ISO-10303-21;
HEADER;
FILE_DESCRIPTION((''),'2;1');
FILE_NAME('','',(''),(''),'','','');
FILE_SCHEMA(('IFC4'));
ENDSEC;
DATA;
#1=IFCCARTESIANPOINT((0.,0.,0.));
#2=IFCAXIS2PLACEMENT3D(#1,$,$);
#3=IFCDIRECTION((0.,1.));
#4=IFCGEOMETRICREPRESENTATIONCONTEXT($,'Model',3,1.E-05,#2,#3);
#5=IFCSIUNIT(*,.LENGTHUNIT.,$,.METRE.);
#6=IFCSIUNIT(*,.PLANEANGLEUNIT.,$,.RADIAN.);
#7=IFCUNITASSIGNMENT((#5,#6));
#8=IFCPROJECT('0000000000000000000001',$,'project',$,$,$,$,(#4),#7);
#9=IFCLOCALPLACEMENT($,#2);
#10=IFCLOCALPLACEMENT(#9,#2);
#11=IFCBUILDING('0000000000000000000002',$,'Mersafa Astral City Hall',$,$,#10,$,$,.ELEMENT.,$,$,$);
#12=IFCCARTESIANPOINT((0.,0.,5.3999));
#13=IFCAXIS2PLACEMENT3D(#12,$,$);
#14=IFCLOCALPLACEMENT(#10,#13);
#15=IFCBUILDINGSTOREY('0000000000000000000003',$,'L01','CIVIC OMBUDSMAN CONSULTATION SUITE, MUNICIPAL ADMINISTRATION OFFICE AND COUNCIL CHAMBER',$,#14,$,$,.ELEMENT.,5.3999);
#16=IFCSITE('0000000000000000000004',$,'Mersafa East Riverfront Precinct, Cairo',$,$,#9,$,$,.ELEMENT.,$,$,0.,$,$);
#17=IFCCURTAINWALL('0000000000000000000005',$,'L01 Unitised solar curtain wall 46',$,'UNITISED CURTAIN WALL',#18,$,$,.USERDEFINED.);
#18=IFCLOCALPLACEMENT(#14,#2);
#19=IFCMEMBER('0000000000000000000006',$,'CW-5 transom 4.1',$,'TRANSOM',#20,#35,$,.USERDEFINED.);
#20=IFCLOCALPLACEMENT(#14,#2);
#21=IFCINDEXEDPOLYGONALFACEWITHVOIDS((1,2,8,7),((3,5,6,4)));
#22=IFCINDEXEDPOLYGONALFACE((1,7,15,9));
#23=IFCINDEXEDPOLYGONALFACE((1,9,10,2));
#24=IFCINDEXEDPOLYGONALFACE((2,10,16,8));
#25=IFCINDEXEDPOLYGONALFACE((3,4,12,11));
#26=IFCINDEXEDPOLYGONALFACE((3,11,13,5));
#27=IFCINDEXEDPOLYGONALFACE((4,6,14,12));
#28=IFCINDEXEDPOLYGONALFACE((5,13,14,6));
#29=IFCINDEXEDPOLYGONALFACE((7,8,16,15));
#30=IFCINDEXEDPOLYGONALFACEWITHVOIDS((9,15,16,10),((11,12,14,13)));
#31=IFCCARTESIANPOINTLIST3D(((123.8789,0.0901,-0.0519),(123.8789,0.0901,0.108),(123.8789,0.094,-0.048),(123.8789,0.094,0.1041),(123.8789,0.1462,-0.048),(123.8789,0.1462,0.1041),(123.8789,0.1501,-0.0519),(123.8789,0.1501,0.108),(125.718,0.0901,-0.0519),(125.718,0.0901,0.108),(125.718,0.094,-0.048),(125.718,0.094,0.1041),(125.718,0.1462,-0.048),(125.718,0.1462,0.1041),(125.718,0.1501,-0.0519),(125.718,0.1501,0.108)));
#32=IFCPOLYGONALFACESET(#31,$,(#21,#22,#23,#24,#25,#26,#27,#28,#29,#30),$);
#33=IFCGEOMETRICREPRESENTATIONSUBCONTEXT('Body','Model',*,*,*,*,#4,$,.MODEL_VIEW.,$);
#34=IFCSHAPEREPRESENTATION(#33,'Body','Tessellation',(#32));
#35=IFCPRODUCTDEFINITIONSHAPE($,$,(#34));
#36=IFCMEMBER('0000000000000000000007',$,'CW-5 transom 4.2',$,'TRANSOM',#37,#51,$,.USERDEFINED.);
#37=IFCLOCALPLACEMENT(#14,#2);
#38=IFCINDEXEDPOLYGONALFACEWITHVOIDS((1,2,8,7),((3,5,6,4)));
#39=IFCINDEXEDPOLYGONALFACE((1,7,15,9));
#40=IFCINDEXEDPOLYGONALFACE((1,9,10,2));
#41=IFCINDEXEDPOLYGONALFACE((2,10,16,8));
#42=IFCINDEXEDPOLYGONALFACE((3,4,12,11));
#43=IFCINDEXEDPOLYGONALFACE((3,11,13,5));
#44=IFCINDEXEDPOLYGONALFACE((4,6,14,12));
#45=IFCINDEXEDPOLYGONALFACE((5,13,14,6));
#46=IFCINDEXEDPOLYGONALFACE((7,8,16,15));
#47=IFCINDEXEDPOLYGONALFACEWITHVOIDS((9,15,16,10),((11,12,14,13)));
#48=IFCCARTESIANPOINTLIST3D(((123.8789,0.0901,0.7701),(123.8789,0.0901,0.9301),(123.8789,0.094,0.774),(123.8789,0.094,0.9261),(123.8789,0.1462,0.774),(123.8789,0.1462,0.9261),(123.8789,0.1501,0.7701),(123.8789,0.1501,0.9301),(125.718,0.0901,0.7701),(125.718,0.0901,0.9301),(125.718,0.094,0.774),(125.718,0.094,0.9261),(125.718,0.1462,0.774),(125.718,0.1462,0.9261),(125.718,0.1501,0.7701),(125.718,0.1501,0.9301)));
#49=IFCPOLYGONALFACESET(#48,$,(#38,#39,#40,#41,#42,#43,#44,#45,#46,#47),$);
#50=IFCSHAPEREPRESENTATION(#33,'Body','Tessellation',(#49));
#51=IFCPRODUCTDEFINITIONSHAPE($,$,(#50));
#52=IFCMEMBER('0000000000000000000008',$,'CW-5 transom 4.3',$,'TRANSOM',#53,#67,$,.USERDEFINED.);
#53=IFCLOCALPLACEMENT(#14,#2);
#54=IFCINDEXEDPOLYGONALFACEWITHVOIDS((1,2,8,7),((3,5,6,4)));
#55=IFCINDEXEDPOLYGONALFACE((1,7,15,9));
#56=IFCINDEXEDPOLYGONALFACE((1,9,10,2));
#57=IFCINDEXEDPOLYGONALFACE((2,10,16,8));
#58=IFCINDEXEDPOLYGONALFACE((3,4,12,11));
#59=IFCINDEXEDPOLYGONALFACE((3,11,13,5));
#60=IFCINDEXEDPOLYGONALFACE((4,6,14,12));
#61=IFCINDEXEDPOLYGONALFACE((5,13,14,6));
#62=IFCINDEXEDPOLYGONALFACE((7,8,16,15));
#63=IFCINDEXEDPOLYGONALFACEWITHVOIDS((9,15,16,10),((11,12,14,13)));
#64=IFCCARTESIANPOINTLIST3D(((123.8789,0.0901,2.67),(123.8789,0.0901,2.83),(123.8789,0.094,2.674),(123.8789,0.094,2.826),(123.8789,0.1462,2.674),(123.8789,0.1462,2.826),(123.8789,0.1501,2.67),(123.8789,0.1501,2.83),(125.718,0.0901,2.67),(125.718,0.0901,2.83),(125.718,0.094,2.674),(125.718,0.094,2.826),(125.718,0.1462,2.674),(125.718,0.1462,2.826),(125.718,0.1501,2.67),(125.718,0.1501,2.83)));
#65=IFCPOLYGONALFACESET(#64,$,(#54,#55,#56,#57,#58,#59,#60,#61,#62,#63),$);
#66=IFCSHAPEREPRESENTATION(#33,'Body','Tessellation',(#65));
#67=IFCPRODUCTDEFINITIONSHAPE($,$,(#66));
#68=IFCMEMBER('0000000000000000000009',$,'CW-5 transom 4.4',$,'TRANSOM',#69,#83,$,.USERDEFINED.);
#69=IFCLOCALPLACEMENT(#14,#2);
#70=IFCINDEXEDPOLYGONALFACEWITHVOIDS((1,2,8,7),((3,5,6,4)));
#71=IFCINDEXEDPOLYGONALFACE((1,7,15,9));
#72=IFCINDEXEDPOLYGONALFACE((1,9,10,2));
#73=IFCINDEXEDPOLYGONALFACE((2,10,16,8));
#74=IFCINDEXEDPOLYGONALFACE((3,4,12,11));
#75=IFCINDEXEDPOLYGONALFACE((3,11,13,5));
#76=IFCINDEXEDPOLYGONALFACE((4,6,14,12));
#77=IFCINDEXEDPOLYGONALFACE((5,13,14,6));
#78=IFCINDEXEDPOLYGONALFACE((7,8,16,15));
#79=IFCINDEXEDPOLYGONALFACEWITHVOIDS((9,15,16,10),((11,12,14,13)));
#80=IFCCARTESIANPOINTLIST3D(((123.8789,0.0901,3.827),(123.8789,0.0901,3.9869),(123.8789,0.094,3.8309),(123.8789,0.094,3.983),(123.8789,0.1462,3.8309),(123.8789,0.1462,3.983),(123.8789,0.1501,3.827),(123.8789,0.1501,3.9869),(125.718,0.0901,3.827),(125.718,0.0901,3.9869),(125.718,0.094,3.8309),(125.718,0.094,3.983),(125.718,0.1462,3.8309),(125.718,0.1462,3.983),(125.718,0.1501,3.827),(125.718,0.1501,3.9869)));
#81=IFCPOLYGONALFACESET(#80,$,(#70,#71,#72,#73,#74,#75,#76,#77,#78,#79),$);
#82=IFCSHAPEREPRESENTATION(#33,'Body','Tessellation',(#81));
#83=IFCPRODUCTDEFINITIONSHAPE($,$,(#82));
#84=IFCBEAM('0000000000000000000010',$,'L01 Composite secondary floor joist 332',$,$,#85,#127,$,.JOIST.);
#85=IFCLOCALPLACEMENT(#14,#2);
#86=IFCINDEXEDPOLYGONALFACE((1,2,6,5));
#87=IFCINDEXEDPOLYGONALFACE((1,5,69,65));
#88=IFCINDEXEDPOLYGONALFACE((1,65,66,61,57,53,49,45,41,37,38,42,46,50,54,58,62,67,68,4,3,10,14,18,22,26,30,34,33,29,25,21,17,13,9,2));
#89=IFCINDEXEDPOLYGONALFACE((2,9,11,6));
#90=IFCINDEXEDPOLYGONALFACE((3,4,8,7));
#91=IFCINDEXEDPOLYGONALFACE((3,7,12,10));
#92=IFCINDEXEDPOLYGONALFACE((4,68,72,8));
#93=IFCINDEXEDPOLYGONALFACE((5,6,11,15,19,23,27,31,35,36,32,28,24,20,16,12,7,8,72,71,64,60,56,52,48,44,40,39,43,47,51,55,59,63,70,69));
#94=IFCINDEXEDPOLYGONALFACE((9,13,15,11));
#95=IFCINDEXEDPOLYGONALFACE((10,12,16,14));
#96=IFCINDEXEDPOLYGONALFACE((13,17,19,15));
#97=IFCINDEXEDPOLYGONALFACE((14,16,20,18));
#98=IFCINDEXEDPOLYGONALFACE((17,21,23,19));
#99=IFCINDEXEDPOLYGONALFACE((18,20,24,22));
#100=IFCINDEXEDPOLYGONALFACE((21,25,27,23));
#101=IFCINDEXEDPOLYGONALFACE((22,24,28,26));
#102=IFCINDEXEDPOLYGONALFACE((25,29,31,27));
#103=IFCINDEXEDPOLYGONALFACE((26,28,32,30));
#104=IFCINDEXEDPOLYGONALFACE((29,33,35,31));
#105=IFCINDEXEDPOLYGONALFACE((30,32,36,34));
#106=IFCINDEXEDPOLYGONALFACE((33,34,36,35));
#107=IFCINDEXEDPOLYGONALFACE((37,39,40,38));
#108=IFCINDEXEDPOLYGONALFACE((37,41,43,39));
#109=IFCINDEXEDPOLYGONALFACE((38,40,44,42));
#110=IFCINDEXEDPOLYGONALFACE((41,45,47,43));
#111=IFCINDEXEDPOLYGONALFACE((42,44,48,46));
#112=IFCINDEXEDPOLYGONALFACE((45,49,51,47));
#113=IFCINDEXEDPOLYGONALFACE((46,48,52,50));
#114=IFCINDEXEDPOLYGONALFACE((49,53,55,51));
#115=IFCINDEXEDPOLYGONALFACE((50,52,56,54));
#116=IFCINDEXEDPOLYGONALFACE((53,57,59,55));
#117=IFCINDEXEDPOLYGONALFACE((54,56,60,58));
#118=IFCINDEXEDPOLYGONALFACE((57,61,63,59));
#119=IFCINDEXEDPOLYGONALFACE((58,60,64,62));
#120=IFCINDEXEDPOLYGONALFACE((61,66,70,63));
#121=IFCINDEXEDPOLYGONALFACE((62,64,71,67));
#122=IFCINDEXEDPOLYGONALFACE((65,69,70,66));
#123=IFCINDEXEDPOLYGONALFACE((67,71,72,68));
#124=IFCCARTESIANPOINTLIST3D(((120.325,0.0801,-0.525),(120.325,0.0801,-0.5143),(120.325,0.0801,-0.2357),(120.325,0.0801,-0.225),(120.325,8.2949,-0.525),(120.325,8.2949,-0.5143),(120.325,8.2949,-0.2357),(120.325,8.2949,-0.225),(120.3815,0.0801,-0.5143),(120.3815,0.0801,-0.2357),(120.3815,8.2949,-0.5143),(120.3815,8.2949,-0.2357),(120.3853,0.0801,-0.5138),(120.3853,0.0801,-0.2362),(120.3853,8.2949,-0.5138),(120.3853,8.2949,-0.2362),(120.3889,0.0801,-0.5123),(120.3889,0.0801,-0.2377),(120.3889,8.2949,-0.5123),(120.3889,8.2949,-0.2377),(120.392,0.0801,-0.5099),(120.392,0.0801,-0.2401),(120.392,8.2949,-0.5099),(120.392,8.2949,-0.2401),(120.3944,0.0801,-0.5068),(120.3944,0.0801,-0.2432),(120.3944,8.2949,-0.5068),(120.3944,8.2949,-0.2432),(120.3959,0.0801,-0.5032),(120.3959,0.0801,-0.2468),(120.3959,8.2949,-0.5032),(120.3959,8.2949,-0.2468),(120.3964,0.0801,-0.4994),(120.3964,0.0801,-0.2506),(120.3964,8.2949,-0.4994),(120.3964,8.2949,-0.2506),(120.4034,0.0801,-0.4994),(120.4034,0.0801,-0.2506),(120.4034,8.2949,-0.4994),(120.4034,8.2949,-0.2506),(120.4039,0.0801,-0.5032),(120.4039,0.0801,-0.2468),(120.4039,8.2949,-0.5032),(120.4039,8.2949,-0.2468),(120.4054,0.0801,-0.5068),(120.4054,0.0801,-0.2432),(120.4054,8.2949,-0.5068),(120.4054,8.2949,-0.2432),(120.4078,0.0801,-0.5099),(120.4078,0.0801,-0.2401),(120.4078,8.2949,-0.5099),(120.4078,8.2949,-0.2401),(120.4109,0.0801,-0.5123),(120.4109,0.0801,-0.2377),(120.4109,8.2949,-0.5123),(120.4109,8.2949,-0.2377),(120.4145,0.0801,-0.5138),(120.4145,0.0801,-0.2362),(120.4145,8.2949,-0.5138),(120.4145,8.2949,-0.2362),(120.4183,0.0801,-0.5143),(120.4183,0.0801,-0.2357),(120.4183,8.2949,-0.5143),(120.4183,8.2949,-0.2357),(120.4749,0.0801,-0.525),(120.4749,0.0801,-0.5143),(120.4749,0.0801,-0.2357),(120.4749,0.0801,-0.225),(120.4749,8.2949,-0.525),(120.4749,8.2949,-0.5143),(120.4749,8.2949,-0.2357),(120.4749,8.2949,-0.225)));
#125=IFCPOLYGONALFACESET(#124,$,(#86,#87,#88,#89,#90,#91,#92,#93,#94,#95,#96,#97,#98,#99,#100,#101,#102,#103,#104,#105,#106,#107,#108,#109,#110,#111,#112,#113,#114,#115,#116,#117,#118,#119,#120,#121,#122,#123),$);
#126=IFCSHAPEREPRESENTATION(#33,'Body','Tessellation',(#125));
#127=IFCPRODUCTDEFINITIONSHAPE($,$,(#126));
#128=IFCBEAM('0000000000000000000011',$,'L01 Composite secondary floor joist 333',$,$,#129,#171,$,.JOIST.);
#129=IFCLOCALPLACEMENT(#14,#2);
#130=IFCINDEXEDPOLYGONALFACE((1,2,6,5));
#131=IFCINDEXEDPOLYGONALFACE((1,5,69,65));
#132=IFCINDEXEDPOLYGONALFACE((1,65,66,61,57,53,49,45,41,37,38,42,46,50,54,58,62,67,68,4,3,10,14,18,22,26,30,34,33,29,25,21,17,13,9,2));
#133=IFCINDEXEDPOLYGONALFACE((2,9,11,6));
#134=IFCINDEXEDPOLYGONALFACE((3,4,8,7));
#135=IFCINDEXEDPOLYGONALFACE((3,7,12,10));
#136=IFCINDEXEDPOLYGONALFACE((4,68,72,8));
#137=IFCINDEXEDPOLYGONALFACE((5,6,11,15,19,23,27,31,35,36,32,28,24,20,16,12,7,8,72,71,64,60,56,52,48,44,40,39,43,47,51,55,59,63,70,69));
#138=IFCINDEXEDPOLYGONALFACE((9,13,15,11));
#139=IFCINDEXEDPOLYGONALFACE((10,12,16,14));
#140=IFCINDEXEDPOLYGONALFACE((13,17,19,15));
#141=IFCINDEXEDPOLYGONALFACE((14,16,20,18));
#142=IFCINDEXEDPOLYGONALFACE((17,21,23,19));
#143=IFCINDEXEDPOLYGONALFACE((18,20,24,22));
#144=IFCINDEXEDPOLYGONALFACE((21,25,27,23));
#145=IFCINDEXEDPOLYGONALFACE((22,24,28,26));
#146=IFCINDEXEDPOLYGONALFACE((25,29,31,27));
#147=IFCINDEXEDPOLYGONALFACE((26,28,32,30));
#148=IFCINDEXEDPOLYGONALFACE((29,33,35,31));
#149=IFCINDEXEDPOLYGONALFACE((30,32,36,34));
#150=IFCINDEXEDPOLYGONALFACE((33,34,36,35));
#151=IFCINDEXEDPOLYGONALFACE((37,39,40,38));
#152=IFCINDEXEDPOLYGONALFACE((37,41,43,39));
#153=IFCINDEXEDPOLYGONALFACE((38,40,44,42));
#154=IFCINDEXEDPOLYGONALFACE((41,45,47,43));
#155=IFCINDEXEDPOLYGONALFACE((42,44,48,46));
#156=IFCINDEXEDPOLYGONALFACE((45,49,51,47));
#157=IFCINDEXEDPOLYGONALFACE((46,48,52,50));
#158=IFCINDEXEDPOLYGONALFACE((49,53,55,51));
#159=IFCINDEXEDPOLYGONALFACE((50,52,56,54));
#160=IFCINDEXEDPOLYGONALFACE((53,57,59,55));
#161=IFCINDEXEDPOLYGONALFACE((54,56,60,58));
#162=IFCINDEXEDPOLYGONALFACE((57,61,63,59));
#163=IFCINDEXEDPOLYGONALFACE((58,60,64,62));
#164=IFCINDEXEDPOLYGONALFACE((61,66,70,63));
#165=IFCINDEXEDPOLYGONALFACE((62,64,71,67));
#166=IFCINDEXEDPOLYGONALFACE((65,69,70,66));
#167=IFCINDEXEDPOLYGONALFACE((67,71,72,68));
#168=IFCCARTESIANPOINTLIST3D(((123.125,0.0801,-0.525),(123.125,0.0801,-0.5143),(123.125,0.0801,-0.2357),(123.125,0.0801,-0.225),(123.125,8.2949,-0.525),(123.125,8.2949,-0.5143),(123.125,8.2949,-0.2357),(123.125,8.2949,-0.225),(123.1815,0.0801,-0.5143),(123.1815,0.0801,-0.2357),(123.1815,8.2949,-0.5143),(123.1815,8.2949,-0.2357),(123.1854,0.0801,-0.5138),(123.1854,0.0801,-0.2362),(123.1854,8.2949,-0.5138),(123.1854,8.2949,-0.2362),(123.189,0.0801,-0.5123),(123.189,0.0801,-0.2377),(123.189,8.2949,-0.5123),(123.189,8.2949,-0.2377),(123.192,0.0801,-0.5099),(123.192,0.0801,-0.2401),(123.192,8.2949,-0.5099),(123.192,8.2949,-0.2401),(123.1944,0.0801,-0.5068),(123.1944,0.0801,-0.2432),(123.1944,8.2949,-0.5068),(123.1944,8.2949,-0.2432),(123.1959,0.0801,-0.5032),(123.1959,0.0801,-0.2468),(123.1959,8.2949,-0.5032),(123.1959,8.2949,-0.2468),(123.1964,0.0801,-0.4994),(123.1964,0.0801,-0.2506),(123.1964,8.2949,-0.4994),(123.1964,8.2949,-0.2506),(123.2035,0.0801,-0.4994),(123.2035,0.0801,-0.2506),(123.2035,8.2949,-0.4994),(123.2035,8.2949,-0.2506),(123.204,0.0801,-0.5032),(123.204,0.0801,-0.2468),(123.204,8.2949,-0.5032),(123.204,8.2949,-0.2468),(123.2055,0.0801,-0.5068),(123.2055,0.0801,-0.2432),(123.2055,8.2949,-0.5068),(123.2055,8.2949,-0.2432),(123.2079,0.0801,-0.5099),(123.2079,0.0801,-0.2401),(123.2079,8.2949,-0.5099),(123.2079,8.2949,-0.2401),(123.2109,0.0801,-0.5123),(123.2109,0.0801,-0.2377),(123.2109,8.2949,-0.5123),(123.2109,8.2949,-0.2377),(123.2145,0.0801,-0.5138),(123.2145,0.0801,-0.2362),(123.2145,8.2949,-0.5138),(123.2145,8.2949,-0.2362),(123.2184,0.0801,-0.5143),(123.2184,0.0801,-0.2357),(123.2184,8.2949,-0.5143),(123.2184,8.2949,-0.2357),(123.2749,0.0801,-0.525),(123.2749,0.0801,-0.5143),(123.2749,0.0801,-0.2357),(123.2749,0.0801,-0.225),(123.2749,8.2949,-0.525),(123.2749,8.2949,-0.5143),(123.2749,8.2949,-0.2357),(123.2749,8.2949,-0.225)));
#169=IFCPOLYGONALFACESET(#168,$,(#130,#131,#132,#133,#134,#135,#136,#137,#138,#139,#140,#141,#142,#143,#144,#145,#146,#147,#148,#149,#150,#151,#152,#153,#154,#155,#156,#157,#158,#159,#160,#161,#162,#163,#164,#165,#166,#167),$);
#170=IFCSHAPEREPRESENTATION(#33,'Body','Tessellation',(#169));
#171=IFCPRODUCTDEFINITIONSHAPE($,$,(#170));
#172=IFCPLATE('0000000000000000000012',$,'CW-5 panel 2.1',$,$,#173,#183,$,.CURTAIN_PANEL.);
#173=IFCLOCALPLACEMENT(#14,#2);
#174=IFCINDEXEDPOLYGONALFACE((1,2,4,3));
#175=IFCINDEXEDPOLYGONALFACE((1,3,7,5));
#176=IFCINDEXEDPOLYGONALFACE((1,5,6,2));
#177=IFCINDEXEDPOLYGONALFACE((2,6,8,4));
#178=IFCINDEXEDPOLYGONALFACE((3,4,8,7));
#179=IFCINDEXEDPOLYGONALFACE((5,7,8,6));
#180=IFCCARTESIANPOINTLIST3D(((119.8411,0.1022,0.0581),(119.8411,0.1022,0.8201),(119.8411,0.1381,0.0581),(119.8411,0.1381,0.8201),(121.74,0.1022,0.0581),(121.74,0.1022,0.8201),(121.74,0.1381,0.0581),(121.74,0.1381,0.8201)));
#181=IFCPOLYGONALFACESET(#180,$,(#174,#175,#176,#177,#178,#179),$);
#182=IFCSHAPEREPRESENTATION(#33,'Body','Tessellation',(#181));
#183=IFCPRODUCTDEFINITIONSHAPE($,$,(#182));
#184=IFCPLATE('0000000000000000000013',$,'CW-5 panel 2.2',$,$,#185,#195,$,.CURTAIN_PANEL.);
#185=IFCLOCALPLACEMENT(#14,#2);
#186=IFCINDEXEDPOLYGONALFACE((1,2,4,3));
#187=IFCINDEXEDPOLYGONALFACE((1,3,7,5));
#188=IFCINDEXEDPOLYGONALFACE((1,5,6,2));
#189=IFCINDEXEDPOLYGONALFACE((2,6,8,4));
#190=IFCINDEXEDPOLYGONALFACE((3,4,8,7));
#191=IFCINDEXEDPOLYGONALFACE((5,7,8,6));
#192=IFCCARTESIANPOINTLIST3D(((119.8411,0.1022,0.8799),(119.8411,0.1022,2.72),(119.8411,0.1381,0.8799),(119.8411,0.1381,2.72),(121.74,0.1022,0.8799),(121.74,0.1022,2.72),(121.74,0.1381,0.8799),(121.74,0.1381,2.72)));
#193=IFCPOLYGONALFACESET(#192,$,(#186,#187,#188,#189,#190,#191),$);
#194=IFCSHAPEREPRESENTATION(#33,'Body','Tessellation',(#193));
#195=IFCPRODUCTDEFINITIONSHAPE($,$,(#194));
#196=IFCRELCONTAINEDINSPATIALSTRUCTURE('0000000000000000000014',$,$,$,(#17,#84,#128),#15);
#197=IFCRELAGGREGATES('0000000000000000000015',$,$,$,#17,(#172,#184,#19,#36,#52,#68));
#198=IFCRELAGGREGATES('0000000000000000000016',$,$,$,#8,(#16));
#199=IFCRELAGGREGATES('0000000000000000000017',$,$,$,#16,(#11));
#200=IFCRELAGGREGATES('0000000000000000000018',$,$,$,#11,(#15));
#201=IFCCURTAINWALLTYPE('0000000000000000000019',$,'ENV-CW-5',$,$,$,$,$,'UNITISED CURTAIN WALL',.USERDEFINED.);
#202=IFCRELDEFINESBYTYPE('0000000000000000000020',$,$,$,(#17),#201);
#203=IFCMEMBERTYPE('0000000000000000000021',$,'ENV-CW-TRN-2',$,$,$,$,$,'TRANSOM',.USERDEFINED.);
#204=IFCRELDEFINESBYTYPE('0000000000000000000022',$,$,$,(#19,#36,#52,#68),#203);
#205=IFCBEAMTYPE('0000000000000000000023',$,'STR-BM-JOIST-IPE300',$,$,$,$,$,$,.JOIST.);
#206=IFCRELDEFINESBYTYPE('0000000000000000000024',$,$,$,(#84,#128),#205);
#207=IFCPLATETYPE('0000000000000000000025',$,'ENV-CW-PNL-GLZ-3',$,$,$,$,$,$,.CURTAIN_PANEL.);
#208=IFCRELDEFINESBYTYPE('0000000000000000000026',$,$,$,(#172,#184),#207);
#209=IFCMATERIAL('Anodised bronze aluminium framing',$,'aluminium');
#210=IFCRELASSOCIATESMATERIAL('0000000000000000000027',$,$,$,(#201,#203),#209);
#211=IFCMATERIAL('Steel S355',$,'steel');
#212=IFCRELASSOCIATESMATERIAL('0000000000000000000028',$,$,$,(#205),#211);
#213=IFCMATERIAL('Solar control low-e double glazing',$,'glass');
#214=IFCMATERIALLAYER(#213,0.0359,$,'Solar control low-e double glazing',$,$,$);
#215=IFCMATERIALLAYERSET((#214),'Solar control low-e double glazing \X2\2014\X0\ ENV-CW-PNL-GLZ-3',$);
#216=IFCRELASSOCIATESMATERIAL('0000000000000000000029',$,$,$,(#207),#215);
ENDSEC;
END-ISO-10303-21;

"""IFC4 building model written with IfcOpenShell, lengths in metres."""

from ifc_helpers import new_model, si_unit, direction, frame, origin, origin_2d, place, context, subcontext, project, spatial, rectangle, hollow_rectangle, i_section, extrude, material, layer, layer_set, material_profile, profile_set, type_object, element, aggregate, save


model = new_model("IFC4")

# Units and contexts
model_context = context("Model", 3, precision=1e-05, world=origin(), true_north=direction((0.0, 1.0)))
body_context = subcontext(model_context, "Body", "Model", "MODEL_VIEW")
ifc_project = project(units=[si_unit("LENGTHUNIT", "METRE"), si_unit("PLANEANGLEUNIT", "RADIAN")], contexts=[model_context])

# Site, building, storey
site_placement = place(None, origin())
site = spatial("IfcSite", under=ifc_project, at=site_placement, Name="Mersafa East Riverfront Precinct, Cairo", CompositionType="ELEMENT", RefElevation=0.0)
building_placement = place(site_placement, origin())
building = spatial("IfcBuilding", under=site, at=building_placement, Name="Mersafa Astral City Hall", CompositionType="ELEMENT")
storey_placement = place(building_placement, frame((0.0, 0.0, 5.3999)))
storey = spatial("IfcBuildingStorey", under=building, at=storey_placement, Name="L01", Description="CIVIC OMBUDSMAN CONSULTATION SUITE, MUNICIPAL ADMINISTRATION OFFICE AND COUNCIL CHAMBER", CompositionType="ELEMENT", Elevation=5.3999)

# Curtain wall, members
ifc_material_1 = material(Name="Anodised bronze aluminium framing", Category="aluminium")
curtain_wall_type = type_object("IfcCurtainWallType", Name="ENV-CW-5", ElementType="UNITISED CURTAIN WALL", PredefinedType="USERDEFINED", material=ifc_material_1)
curtain_wall_placement = place(storey_placement, origin())
curtain_wall = element("IfcCurtainWall", 1, at=curtain_wall_placement, inside=storey, type_object=curtain_wall_type, Name="L01 Unitised solar curtain wall 46", ObjectType="UNITISED CURTAIN WALL", PredefinedType="USERDEFINED")
ifc_material_profile_1 = material_profile(ifc_material_1, hollow_rectangle(XDim=0.0601, YDim=0.1599, WallThickness=0.0039, at=origin_2d()), Name="RHS 60x160x4")
ifc_profile_set_1 = profile_set([ifc_material_profile_1], Name="Anodised bronze aluminium framing")
member_type_1 = type_object("IfcMemberType", Name="ENV-CW-TRN-2", ElementType="TRANSOM", PredefinedType="USERDEFINED", material=ifc_profile_set_1)
member_1_placement = place(storey_placement, frame((123.8789, 0.1201, 0.0281), z_axis=(1.0, 0.0, 0.0), x_axis=(0.0, 1.0, 0.0)))
member_1 = element("IfcMember", 2, at=member_1_placement, type_object=member_type_1, Name="CW-5 transom 4.1", ObjectType="TRANSOM", PredefinedType="USERDEFINED", context=body_context, shape_type="SweptSolid", body=[
    extrude(hollow_rectangle(XDim=0.0601, YDim=0.1599, WallThickness=0.0039, at=origin_2d()), origin(), (0.0, 0.0, 1.0), 1.8391),
])
member_2_placement = place(storey_placement, frame((123.8789, 0.1201, 0.8501), z_axis=(1.0, 0.0, 0.0), x_axis=(0.0, 1.0, 0.0)))
member_2 = element("IfcMember", 3, at=member_2_placement, type_object=member_type_1, Name="CW-5 transom 4.2", ObjectType="TRANSOM", PredefinedType="USERDEFINED", context=body_context, shape_type="SweptSolid", body=[
    extrude(hollow_rectangle(XDim=0.0601, YDim=0.1599, WallThickness=0.0039, at=origin_2d()), origin(), (0.0, 0.0, 1.0), 1.8391),
])
member_3_placement = place(storey_placement, frame((123.8789, 0.1201, 2.75), z_axis=(1.0, 0.0, 0.0), x_axis=(0.0, 1.0, 0.0)))
member_3 = element("IfcMember", 4, at=member_3_placement, type_object=member_type_1, Name="CW-5 transom 4.3", ObjectType="TRANSOM", PredefinedType="USERDEFINED", context=body_context, shape_type="SweptSolid", body=[
    extrude(hollow_rectangle(XDim=0.0601, YDim=0.1599, WallThickness=0.0039, at=origin_2d()), origin(), (0.0, 0.0, 1.0), 1.8391),
])
member_4_placement = place(storey_placement, frame((123.8789, 0.1201, 3.907), z_axis=(1.0, 0.0, 0.0), x_axis=(0.0, 1.0, 0.0)))
member_4 = element("IfcMember", 5, at=member_4_placement, type_object=member_type_1, Name="CW-5 transom 4.4", ObjectType="TRANSOM", PredefinedType="USERDEFINED", context=body_context, shape_type="SweptSolid", body=[
    extrude(hollow_rectangle(XDim=0.0601, YDim=0.1599, WallThickness=0.0039, at=origin_2d()), origin(), (0.0, 0.0, 1.0), 1.8391),
])

# Beams
ifc_material_2 = material(Name="Steel S355", Category="steel")
ifc_material_profile_2 = material_profile(ifc_material_2, i_section(OverallWidth=0.1499, OverallDepth=0.3, WebThickness=0.0071, FlangeThickness=0.0107, FilletRadius=0.0149, at=origin_2d()), Name="IPE 300")
ifc_profile_set_2 = profile_set([ifc_material_profile_2], Name="Steel S355")
beam_type = type_object("IfcBeamType", Name="STR-BM-JOIST-IPE300", PredefinedType="JOIST", material=ifc_profile_set_2)
for number, where, z_axis, x_axis, name in (
    (6, (120.3999, 0.0801, -0.375), (0.0, 1.0, 0.0), (-1.0, 0.0, 0.0), "L01 Composite secondary floor joist 332"),
    (7, (123.2, 0.0801, -0.375), (0.0, 1.0, 0.0), (-1.0, 0.0, 0.0), "L01 Composite secondary floor joist 333"),
):
    element("IfcBeam", number, at=place(storey_placement, frame(where, z_axis=z_axis, x_axis=x_axis)), inside=storey, type_object=beam_type, Name=name, PredefinedType="JOIST", context=body_context, shape_type="SweptSolid", body=[
        extrude(i_section(OverallWidth=0.1499, OverallDepth=0.3, WebThickness=0.0071, FlangeThickness=0.0107, FilletRadius=0.0149, at=origin_2d()), origin(), (0.0, 0.0, 1.0), 8.2148),
    ])

# Plates
ifc_material_3 = material(Name="Solar control low-e double glazing", Category="glass")
ifc_layer = layer(ifc_material_3, 0.0359, Name="Solar control low-e double glazing")
ifc_layer_set = layer_set([ifc_layer], Name="Solar control low-e double glazing — ENV-CW-PNL-GLZ-3")
plate_type = type_object("IfcPlateType", Name="ENV-CW-PNL-GLZ-3", PredefinedType="CURTAIN_PANEL", material=ifc_layer_set)
plate_1_placement = place(storey_placement, frame((120.7905, 0.1201, 0.0581), z_axis=(0.0, 0.0, 1.0), x_axis=(1.0, 0.0, 0.0)))
plate_1 = element("IfcPlate", 8, at=plate_1_placement, type_object=plate_type, Name="CW-5 panel 2.1", PredefinedType="CURTAIN_PANEL", context=body_context, shape_type="SweptSolid", body=[
    extrude(rectangle(XDim=1.8989, YDim=0.0359, at=origin_2d()), origin(), (0.0, 0.0, 1.0), 0.762),
])
plate_2_placement = place(storey_placement, frame((120.7905, 0.1201, 0.8799), z_axis=(0.0, 0.0, 1.0), x_axis=(1.0, 0.0, 0.0)))
plate_2 = element("IfcPlate", 9, at=plate_2_placement, type_object=plate_type, Name="CW-5 panel 2.2", PredefinedType="CURTAIN_PANEL", context=body_context, shape_type="SweptSolid", body=[
    extrude(rectangle(XDim=1.8989, YDim=0.0359, at=origin_2d()), origin(), (0.0, 0.0, 1.0), 1.8401),
])
aggregate(curtain_wall, [plate_1, plate_2, member_1, member_2, member_3, member_4])

save(model, "model.ifc")
